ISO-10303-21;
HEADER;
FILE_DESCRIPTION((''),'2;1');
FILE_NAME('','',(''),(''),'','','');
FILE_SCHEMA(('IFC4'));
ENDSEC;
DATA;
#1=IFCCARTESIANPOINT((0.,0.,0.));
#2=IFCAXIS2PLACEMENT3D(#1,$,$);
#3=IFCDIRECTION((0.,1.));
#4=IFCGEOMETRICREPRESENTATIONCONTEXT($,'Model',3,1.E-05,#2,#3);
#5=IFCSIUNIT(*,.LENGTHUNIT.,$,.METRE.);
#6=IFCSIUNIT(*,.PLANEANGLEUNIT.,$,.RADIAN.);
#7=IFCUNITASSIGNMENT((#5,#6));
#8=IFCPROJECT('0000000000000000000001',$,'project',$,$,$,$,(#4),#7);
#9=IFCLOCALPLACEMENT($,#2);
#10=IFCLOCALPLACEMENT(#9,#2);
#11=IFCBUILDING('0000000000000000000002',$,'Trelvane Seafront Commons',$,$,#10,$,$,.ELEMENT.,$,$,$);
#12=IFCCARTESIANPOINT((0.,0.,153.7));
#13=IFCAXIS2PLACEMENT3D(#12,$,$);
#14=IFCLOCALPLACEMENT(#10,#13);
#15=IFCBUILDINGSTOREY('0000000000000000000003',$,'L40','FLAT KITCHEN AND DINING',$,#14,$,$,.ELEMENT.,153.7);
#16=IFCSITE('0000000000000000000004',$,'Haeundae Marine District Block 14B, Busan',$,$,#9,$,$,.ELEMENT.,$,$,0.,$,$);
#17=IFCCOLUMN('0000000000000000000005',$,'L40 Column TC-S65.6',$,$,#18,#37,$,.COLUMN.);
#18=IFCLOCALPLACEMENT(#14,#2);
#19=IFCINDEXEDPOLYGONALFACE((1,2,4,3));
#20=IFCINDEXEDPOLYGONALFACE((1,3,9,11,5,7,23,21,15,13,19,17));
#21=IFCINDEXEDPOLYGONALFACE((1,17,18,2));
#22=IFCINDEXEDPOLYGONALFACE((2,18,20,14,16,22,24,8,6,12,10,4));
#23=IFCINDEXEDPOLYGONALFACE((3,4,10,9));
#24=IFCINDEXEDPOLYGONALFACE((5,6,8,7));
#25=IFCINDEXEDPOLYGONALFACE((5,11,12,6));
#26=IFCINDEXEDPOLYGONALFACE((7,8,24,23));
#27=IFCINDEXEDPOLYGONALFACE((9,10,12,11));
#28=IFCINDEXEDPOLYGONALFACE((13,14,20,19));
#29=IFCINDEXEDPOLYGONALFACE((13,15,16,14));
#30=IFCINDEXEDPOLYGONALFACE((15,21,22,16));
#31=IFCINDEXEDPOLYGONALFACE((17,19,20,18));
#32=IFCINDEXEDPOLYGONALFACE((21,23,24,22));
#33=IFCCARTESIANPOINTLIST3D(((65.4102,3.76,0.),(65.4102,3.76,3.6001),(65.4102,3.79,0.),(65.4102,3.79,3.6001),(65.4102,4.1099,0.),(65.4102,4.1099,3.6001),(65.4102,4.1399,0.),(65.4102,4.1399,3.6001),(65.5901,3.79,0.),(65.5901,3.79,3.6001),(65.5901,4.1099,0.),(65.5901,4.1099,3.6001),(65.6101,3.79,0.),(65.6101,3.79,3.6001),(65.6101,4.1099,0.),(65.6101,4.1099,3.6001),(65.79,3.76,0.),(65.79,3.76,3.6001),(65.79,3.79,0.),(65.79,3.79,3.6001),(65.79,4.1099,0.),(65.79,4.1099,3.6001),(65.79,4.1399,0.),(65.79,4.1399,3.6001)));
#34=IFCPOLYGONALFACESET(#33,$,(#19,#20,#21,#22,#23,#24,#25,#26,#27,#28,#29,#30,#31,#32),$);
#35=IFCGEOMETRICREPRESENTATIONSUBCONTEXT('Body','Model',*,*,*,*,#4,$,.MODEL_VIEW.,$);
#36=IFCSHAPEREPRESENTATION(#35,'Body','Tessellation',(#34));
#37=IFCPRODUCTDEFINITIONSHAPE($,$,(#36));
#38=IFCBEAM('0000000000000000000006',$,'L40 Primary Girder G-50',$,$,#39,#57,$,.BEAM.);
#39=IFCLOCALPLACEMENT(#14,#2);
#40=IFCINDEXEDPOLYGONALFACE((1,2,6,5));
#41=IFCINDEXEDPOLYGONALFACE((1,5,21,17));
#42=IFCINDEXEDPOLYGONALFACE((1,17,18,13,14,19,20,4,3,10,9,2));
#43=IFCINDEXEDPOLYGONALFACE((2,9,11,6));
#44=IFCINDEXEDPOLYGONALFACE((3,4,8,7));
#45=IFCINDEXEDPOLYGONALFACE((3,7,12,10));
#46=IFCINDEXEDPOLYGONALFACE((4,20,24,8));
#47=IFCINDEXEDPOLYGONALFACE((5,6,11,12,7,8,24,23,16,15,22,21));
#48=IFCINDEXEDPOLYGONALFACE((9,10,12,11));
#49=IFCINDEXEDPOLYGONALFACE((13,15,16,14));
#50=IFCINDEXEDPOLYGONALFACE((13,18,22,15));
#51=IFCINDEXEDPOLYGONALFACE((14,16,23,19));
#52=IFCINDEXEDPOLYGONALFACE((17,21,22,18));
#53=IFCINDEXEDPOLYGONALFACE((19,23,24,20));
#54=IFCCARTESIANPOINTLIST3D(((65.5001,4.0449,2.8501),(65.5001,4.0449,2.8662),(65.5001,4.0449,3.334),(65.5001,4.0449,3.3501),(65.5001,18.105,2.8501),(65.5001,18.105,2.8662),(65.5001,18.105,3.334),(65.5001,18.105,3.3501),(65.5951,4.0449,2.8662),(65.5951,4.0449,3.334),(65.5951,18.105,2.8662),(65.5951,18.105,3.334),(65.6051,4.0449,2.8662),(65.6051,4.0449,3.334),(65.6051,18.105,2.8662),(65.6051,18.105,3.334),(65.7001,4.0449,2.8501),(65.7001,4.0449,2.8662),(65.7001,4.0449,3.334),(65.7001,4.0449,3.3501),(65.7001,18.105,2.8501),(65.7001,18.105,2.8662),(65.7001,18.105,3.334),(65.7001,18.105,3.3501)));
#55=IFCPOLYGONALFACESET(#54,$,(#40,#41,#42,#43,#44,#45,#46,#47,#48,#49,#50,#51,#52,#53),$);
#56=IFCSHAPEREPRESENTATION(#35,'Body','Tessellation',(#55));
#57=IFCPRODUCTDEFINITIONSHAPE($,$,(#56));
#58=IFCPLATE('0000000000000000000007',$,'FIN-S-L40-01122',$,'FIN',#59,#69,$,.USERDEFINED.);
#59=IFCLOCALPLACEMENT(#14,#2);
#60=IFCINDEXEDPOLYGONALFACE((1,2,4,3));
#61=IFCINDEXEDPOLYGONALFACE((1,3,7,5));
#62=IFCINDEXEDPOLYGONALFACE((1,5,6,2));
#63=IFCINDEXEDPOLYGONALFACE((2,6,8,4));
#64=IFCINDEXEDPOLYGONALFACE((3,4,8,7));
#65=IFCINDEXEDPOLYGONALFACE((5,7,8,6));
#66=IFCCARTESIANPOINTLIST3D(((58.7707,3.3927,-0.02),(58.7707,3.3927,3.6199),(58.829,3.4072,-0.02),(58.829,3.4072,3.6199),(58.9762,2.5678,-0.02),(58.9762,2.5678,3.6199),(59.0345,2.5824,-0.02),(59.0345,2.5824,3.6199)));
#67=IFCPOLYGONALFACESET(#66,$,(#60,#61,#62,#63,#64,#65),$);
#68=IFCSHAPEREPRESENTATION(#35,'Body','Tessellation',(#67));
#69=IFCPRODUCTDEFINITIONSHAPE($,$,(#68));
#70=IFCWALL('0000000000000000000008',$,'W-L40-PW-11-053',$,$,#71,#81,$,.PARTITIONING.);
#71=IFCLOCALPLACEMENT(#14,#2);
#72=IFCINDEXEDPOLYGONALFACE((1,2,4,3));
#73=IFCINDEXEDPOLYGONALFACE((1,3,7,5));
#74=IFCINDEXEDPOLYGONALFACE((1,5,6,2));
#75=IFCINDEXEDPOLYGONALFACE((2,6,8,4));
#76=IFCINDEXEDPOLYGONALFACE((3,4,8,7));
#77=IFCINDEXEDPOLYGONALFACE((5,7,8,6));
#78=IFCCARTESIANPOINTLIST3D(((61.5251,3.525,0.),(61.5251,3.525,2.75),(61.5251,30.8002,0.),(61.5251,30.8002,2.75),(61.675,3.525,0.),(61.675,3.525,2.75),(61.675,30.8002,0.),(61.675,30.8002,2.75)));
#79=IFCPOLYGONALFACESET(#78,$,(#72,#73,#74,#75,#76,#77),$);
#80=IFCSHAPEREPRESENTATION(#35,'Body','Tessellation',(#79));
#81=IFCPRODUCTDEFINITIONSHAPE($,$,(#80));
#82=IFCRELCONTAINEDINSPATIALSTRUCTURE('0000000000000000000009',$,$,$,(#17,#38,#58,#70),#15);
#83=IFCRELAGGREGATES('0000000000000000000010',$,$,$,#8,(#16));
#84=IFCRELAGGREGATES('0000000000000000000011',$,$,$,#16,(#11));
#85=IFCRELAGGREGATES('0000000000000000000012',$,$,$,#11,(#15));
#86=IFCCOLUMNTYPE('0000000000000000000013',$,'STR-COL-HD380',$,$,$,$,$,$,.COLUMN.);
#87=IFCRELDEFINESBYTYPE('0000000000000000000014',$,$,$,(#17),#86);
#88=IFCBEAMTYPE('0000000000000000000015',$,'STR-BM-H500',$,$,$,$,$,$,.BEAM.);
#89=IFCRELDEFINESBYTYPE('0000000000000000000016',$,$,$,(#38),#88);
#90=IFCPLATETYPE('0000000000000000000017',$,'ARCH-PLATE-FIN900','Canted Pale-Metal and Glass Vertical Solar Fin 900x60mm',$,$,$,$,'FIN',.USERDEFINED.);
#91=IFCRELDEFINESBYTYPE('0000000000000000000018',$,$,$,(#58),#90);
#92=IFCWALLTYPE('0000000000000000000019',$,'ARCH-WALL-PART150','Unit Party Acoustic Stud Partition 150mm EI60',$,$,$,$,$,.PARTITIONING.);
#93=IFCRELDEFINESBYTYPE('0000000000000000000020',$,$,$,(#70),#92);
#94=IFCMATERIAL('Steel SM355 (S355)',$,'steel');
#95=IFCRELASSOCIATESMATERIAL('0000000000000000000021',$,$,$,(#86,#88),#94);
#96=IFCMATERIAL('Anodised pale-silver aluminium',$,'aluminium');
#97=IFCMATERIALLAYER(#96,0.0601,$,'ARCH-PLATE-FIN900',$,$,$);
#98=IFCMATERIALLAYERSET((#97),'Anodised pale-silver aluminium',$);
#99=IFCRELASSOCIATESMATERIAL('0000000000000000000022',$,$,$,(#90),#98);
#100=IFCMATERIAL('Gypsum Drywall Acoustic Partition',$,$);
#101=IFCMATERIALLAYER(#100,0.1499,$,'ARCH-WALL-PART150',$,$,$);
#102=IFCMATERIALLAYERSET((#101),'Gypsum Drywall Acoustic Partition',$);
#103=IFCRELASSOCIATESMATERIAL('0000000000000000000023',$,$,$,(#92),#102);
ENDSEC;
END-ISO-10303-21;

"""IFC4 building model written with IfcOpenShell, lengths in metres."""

from ifc_helpers import new_model, si_unit, direction, frame, frame_2d, origin, origin_2d, place, context, subcontext, project, spatial, rectangle, i_section, extrude, source, transform, mapped, material, layer, layer_set, material_profile, profile_set, type_object, element, save


model = new_model("IFC4")

# Units and contexts
model_context = context("Model", 3, precision=1e-05, world=origin(), true_north=direction((0.0, 1.0)))
body_context = subcontext(model_context, "Body", "Model", "MODEL_VIEW")
ifc_project = project(units=[si_unit("LENGTHUNIT", "METRE"), si_unit("PLANEANGLEUNIT", "RADIAN")], contexts=[model_context])

# Site, building, storey
site_placement = place(None, origin())
site = spatial("IfcSite", under=ifc_project, at=site_placement, Name="Haeundae Marine District Block 14B, Busan", CompositionType="ELEMENT", RefElevation=0.0)
building_placement = place(site_placement, origin())
building = spatial("IfcBuilding", under=site, at=building_placement, Name="Trelvane Seafront Commons", CompositionType="ELEMENT")
storey_placement = place(building_placement, frame((0.0, 0.0, 153.7)))
storey = spatial("IfcBuildingStorey", under=building, at=storey_placement, Name="L40", Description="FLAT KITCHEN AND DINING", CompositionType="ELEMENT", Elevation=153.7)

# Column
ifc_material_1 = material(Name="Steel SM355 (S355)", Category="steel")
ifc_material_profile_1 = material_profile(ifc_material_1, i_section(OverallWidth=0.3799, OverallDepth=0.3799, WebThickness=0.02, FlangeThickness=0.03, at=origin_2d()), Name="HD-380x380x20x30")
ifc_profile_set_1 = profile_set([ifc_material_profile_1], Name="Steel SM355 (S355)")
column_type = type_object("IfcColumnType", Name="STR-COL-HD380", PredefinedType="COLUMN", material=ifc_profile_set_1)
shared_shape_1 = source(origin(), body_context, "Body", "SweptSolid", [
    extrude(i_section(OverallWidth=0.3799, OverallDepth=0.3799, WebThickness=0.02, FlangeThickness=0.03, at=origin_2d()), origin(), (0.0, 0.0, 1.0), 3.6001),
])
column_placement = place(storey_placement, frame((65.6001, 3.95, 0.0), z_axis=(0.0, 0.0, 1.0), x_axis=(1.0, 0.0, 0.0)))
element("IfcColumn", 1, at=column_placement, inside=storey, type_object=column_type, Name="L40 Column TC-S65.6", PredefinedType="COLUMN", context=body_context, shape_type="MappedRepresentation", body=[
    mapped(shared_shape_1, transform((0.0, 0.0, 0.0), x_axis=(1.0, 0.0, 0.0), y_axis=(0.0, 1.0, 0.0), z_axis=(0.0, 0.0, 1.0), scale=1.0)),
])

# Beam
ifc_material_profile_2 = material_profile(ifc_material_1, i_section(OverallWidth=0.2, OverallDepth=0.5, WebThickness=0.01, FlangeThickness=0.0161, at=origin_2d()), Name="H-500x200x10x16")
ifc_profile_set_2 = profile_set([ifc_material_profile_2], Name="Steel SM355 (S355)")
beam_type = type_object("IfcBeamType", Name="STR-BM-H500", PredefinedType="BEAM", material=ifc_profile_set_2)
shared_shape_2 = source(origin(), body_context, "Body", "SweptSolid", [
    extrude(i_section(OverallWidth=0.2, OverallDepth=0.5, WebThickness=0.01, FlangeThickness=0.0161, at=origin_2d()), origin(), (0.0, 0.0, 1.0), 14.0601),
])
beam_placement = place(storey_placement, frame((65.6001, 4.0449, 3.1001), z_axis=(0.0, 1.0, 0.0), x_axis=(-1.0, 0.0, 0.0)))
element("IfcBeam", 2, at=beam_placement, inside=storey, type_object=beam_type, Name="L40 Primary Girder G-50", PredefinedType="BEAM", context=body_context, shape_type="MappedRepresentation", body=[
    mapped(shared_shape_2, transform((0.0, 0.0, 0.0), x_axis=(1.0, 0.0, 0.0), y_axis=(0.0, 1.0, 0.0), z_axis=(0.0, 0.0, 1.0), scale=1.0)),
])

# Plate
ifc_material_2 = material(Name="Anodised pale-silver aluminium", Category="aluminium")
ifc_layer_1 = layer(ifc_material_2, 0.0601, Name="ARCH-PLATE-FIN900")
ifc_layer_set_1 = layer_set([ifc_layer_1], Name="Anodised pale-silver aluminium")
plate_type = type_object("IfcPlateType", Name="ARCH-PLATE-FIN900", Description="Canted Pale-Metal and Glass Vertical Solar Fin 900x60mm", ElementType="FIN", PredefinedType="USERDEFINED", material=ifc_layer_set_1)
shared_shape_3 = source(origin(), body_context, "Body", "SweptSolid", [
    extrude(rectangle(XDim=0.8501, YDim=0.0601, at=origin_2d()), origin(), (0.0, 0.0, 1.0), 3.6399),
])
plate_placement = place(storey_placement, frame((58.9026, 2.9875, -0.02), z_axis=(0.0, 0.0, 1.0), x_axis=(0.241761, -0.970336, 0.0)))
element("IfcPlate", 3, at=plate_placement, inside=storey, type_object=plate_type, Name="FIN-S-L40-01122", ObjectType="FIN", PredefinedType="USERDEFINED", context=body_context, shape_type="MappedRepresentation", body=[
    mapped(shared_shape_3, transform((0.0, 0.0, 0.0), x_axis=(1.0, 0.0, 0.0), y_axis=(0.0, 1.0, 0.0), z_axis=(0.0, 0.0, 1.0), scale=1.0)),
])

# Wall
ifc_material_3 = material(Name="Gypsum Drywall Acoustic Partition")
ifc_layer_2 = layer(ifc_material_3, 0.1499, Name="ARCH-WALL-PART150")
ifc_layer_set_2 = layer_set([ifc_layer_2], Name="Gypsum Drywall Acoustic Partition")
wall_type_1 = type_object("IfcWallType", Name="ARCH-WALL-PART150", Description="Unit Party Acoustic Stud Partition 150mm EI60", PredefinedType="PARTITIONING", material=ifc_layer_set_2)
wall_1_placement = place(storey_placement, frame((61.6001, 3.5249, 0.0), z_axis=(0.0, 0.0, 1.0), x_axis=(0.0, 1.0, 0.0)))
element("IfcWall", 4, at=wall_1_placement, inside=storey, type_object=wall_type_1, Name="W-L40-PW-11-053", PredefinedType="PARTITIONING", context=body_context, shape_type="SweptSolid", body=[
    extrude(rectangle(XDim=27.2751, YDim=0.1499, at=frame_2d((13.6377, 0.0))), origin(), (0.0, 0.0, 1.0), 2.75),
])

save(model, "model.ifc")
